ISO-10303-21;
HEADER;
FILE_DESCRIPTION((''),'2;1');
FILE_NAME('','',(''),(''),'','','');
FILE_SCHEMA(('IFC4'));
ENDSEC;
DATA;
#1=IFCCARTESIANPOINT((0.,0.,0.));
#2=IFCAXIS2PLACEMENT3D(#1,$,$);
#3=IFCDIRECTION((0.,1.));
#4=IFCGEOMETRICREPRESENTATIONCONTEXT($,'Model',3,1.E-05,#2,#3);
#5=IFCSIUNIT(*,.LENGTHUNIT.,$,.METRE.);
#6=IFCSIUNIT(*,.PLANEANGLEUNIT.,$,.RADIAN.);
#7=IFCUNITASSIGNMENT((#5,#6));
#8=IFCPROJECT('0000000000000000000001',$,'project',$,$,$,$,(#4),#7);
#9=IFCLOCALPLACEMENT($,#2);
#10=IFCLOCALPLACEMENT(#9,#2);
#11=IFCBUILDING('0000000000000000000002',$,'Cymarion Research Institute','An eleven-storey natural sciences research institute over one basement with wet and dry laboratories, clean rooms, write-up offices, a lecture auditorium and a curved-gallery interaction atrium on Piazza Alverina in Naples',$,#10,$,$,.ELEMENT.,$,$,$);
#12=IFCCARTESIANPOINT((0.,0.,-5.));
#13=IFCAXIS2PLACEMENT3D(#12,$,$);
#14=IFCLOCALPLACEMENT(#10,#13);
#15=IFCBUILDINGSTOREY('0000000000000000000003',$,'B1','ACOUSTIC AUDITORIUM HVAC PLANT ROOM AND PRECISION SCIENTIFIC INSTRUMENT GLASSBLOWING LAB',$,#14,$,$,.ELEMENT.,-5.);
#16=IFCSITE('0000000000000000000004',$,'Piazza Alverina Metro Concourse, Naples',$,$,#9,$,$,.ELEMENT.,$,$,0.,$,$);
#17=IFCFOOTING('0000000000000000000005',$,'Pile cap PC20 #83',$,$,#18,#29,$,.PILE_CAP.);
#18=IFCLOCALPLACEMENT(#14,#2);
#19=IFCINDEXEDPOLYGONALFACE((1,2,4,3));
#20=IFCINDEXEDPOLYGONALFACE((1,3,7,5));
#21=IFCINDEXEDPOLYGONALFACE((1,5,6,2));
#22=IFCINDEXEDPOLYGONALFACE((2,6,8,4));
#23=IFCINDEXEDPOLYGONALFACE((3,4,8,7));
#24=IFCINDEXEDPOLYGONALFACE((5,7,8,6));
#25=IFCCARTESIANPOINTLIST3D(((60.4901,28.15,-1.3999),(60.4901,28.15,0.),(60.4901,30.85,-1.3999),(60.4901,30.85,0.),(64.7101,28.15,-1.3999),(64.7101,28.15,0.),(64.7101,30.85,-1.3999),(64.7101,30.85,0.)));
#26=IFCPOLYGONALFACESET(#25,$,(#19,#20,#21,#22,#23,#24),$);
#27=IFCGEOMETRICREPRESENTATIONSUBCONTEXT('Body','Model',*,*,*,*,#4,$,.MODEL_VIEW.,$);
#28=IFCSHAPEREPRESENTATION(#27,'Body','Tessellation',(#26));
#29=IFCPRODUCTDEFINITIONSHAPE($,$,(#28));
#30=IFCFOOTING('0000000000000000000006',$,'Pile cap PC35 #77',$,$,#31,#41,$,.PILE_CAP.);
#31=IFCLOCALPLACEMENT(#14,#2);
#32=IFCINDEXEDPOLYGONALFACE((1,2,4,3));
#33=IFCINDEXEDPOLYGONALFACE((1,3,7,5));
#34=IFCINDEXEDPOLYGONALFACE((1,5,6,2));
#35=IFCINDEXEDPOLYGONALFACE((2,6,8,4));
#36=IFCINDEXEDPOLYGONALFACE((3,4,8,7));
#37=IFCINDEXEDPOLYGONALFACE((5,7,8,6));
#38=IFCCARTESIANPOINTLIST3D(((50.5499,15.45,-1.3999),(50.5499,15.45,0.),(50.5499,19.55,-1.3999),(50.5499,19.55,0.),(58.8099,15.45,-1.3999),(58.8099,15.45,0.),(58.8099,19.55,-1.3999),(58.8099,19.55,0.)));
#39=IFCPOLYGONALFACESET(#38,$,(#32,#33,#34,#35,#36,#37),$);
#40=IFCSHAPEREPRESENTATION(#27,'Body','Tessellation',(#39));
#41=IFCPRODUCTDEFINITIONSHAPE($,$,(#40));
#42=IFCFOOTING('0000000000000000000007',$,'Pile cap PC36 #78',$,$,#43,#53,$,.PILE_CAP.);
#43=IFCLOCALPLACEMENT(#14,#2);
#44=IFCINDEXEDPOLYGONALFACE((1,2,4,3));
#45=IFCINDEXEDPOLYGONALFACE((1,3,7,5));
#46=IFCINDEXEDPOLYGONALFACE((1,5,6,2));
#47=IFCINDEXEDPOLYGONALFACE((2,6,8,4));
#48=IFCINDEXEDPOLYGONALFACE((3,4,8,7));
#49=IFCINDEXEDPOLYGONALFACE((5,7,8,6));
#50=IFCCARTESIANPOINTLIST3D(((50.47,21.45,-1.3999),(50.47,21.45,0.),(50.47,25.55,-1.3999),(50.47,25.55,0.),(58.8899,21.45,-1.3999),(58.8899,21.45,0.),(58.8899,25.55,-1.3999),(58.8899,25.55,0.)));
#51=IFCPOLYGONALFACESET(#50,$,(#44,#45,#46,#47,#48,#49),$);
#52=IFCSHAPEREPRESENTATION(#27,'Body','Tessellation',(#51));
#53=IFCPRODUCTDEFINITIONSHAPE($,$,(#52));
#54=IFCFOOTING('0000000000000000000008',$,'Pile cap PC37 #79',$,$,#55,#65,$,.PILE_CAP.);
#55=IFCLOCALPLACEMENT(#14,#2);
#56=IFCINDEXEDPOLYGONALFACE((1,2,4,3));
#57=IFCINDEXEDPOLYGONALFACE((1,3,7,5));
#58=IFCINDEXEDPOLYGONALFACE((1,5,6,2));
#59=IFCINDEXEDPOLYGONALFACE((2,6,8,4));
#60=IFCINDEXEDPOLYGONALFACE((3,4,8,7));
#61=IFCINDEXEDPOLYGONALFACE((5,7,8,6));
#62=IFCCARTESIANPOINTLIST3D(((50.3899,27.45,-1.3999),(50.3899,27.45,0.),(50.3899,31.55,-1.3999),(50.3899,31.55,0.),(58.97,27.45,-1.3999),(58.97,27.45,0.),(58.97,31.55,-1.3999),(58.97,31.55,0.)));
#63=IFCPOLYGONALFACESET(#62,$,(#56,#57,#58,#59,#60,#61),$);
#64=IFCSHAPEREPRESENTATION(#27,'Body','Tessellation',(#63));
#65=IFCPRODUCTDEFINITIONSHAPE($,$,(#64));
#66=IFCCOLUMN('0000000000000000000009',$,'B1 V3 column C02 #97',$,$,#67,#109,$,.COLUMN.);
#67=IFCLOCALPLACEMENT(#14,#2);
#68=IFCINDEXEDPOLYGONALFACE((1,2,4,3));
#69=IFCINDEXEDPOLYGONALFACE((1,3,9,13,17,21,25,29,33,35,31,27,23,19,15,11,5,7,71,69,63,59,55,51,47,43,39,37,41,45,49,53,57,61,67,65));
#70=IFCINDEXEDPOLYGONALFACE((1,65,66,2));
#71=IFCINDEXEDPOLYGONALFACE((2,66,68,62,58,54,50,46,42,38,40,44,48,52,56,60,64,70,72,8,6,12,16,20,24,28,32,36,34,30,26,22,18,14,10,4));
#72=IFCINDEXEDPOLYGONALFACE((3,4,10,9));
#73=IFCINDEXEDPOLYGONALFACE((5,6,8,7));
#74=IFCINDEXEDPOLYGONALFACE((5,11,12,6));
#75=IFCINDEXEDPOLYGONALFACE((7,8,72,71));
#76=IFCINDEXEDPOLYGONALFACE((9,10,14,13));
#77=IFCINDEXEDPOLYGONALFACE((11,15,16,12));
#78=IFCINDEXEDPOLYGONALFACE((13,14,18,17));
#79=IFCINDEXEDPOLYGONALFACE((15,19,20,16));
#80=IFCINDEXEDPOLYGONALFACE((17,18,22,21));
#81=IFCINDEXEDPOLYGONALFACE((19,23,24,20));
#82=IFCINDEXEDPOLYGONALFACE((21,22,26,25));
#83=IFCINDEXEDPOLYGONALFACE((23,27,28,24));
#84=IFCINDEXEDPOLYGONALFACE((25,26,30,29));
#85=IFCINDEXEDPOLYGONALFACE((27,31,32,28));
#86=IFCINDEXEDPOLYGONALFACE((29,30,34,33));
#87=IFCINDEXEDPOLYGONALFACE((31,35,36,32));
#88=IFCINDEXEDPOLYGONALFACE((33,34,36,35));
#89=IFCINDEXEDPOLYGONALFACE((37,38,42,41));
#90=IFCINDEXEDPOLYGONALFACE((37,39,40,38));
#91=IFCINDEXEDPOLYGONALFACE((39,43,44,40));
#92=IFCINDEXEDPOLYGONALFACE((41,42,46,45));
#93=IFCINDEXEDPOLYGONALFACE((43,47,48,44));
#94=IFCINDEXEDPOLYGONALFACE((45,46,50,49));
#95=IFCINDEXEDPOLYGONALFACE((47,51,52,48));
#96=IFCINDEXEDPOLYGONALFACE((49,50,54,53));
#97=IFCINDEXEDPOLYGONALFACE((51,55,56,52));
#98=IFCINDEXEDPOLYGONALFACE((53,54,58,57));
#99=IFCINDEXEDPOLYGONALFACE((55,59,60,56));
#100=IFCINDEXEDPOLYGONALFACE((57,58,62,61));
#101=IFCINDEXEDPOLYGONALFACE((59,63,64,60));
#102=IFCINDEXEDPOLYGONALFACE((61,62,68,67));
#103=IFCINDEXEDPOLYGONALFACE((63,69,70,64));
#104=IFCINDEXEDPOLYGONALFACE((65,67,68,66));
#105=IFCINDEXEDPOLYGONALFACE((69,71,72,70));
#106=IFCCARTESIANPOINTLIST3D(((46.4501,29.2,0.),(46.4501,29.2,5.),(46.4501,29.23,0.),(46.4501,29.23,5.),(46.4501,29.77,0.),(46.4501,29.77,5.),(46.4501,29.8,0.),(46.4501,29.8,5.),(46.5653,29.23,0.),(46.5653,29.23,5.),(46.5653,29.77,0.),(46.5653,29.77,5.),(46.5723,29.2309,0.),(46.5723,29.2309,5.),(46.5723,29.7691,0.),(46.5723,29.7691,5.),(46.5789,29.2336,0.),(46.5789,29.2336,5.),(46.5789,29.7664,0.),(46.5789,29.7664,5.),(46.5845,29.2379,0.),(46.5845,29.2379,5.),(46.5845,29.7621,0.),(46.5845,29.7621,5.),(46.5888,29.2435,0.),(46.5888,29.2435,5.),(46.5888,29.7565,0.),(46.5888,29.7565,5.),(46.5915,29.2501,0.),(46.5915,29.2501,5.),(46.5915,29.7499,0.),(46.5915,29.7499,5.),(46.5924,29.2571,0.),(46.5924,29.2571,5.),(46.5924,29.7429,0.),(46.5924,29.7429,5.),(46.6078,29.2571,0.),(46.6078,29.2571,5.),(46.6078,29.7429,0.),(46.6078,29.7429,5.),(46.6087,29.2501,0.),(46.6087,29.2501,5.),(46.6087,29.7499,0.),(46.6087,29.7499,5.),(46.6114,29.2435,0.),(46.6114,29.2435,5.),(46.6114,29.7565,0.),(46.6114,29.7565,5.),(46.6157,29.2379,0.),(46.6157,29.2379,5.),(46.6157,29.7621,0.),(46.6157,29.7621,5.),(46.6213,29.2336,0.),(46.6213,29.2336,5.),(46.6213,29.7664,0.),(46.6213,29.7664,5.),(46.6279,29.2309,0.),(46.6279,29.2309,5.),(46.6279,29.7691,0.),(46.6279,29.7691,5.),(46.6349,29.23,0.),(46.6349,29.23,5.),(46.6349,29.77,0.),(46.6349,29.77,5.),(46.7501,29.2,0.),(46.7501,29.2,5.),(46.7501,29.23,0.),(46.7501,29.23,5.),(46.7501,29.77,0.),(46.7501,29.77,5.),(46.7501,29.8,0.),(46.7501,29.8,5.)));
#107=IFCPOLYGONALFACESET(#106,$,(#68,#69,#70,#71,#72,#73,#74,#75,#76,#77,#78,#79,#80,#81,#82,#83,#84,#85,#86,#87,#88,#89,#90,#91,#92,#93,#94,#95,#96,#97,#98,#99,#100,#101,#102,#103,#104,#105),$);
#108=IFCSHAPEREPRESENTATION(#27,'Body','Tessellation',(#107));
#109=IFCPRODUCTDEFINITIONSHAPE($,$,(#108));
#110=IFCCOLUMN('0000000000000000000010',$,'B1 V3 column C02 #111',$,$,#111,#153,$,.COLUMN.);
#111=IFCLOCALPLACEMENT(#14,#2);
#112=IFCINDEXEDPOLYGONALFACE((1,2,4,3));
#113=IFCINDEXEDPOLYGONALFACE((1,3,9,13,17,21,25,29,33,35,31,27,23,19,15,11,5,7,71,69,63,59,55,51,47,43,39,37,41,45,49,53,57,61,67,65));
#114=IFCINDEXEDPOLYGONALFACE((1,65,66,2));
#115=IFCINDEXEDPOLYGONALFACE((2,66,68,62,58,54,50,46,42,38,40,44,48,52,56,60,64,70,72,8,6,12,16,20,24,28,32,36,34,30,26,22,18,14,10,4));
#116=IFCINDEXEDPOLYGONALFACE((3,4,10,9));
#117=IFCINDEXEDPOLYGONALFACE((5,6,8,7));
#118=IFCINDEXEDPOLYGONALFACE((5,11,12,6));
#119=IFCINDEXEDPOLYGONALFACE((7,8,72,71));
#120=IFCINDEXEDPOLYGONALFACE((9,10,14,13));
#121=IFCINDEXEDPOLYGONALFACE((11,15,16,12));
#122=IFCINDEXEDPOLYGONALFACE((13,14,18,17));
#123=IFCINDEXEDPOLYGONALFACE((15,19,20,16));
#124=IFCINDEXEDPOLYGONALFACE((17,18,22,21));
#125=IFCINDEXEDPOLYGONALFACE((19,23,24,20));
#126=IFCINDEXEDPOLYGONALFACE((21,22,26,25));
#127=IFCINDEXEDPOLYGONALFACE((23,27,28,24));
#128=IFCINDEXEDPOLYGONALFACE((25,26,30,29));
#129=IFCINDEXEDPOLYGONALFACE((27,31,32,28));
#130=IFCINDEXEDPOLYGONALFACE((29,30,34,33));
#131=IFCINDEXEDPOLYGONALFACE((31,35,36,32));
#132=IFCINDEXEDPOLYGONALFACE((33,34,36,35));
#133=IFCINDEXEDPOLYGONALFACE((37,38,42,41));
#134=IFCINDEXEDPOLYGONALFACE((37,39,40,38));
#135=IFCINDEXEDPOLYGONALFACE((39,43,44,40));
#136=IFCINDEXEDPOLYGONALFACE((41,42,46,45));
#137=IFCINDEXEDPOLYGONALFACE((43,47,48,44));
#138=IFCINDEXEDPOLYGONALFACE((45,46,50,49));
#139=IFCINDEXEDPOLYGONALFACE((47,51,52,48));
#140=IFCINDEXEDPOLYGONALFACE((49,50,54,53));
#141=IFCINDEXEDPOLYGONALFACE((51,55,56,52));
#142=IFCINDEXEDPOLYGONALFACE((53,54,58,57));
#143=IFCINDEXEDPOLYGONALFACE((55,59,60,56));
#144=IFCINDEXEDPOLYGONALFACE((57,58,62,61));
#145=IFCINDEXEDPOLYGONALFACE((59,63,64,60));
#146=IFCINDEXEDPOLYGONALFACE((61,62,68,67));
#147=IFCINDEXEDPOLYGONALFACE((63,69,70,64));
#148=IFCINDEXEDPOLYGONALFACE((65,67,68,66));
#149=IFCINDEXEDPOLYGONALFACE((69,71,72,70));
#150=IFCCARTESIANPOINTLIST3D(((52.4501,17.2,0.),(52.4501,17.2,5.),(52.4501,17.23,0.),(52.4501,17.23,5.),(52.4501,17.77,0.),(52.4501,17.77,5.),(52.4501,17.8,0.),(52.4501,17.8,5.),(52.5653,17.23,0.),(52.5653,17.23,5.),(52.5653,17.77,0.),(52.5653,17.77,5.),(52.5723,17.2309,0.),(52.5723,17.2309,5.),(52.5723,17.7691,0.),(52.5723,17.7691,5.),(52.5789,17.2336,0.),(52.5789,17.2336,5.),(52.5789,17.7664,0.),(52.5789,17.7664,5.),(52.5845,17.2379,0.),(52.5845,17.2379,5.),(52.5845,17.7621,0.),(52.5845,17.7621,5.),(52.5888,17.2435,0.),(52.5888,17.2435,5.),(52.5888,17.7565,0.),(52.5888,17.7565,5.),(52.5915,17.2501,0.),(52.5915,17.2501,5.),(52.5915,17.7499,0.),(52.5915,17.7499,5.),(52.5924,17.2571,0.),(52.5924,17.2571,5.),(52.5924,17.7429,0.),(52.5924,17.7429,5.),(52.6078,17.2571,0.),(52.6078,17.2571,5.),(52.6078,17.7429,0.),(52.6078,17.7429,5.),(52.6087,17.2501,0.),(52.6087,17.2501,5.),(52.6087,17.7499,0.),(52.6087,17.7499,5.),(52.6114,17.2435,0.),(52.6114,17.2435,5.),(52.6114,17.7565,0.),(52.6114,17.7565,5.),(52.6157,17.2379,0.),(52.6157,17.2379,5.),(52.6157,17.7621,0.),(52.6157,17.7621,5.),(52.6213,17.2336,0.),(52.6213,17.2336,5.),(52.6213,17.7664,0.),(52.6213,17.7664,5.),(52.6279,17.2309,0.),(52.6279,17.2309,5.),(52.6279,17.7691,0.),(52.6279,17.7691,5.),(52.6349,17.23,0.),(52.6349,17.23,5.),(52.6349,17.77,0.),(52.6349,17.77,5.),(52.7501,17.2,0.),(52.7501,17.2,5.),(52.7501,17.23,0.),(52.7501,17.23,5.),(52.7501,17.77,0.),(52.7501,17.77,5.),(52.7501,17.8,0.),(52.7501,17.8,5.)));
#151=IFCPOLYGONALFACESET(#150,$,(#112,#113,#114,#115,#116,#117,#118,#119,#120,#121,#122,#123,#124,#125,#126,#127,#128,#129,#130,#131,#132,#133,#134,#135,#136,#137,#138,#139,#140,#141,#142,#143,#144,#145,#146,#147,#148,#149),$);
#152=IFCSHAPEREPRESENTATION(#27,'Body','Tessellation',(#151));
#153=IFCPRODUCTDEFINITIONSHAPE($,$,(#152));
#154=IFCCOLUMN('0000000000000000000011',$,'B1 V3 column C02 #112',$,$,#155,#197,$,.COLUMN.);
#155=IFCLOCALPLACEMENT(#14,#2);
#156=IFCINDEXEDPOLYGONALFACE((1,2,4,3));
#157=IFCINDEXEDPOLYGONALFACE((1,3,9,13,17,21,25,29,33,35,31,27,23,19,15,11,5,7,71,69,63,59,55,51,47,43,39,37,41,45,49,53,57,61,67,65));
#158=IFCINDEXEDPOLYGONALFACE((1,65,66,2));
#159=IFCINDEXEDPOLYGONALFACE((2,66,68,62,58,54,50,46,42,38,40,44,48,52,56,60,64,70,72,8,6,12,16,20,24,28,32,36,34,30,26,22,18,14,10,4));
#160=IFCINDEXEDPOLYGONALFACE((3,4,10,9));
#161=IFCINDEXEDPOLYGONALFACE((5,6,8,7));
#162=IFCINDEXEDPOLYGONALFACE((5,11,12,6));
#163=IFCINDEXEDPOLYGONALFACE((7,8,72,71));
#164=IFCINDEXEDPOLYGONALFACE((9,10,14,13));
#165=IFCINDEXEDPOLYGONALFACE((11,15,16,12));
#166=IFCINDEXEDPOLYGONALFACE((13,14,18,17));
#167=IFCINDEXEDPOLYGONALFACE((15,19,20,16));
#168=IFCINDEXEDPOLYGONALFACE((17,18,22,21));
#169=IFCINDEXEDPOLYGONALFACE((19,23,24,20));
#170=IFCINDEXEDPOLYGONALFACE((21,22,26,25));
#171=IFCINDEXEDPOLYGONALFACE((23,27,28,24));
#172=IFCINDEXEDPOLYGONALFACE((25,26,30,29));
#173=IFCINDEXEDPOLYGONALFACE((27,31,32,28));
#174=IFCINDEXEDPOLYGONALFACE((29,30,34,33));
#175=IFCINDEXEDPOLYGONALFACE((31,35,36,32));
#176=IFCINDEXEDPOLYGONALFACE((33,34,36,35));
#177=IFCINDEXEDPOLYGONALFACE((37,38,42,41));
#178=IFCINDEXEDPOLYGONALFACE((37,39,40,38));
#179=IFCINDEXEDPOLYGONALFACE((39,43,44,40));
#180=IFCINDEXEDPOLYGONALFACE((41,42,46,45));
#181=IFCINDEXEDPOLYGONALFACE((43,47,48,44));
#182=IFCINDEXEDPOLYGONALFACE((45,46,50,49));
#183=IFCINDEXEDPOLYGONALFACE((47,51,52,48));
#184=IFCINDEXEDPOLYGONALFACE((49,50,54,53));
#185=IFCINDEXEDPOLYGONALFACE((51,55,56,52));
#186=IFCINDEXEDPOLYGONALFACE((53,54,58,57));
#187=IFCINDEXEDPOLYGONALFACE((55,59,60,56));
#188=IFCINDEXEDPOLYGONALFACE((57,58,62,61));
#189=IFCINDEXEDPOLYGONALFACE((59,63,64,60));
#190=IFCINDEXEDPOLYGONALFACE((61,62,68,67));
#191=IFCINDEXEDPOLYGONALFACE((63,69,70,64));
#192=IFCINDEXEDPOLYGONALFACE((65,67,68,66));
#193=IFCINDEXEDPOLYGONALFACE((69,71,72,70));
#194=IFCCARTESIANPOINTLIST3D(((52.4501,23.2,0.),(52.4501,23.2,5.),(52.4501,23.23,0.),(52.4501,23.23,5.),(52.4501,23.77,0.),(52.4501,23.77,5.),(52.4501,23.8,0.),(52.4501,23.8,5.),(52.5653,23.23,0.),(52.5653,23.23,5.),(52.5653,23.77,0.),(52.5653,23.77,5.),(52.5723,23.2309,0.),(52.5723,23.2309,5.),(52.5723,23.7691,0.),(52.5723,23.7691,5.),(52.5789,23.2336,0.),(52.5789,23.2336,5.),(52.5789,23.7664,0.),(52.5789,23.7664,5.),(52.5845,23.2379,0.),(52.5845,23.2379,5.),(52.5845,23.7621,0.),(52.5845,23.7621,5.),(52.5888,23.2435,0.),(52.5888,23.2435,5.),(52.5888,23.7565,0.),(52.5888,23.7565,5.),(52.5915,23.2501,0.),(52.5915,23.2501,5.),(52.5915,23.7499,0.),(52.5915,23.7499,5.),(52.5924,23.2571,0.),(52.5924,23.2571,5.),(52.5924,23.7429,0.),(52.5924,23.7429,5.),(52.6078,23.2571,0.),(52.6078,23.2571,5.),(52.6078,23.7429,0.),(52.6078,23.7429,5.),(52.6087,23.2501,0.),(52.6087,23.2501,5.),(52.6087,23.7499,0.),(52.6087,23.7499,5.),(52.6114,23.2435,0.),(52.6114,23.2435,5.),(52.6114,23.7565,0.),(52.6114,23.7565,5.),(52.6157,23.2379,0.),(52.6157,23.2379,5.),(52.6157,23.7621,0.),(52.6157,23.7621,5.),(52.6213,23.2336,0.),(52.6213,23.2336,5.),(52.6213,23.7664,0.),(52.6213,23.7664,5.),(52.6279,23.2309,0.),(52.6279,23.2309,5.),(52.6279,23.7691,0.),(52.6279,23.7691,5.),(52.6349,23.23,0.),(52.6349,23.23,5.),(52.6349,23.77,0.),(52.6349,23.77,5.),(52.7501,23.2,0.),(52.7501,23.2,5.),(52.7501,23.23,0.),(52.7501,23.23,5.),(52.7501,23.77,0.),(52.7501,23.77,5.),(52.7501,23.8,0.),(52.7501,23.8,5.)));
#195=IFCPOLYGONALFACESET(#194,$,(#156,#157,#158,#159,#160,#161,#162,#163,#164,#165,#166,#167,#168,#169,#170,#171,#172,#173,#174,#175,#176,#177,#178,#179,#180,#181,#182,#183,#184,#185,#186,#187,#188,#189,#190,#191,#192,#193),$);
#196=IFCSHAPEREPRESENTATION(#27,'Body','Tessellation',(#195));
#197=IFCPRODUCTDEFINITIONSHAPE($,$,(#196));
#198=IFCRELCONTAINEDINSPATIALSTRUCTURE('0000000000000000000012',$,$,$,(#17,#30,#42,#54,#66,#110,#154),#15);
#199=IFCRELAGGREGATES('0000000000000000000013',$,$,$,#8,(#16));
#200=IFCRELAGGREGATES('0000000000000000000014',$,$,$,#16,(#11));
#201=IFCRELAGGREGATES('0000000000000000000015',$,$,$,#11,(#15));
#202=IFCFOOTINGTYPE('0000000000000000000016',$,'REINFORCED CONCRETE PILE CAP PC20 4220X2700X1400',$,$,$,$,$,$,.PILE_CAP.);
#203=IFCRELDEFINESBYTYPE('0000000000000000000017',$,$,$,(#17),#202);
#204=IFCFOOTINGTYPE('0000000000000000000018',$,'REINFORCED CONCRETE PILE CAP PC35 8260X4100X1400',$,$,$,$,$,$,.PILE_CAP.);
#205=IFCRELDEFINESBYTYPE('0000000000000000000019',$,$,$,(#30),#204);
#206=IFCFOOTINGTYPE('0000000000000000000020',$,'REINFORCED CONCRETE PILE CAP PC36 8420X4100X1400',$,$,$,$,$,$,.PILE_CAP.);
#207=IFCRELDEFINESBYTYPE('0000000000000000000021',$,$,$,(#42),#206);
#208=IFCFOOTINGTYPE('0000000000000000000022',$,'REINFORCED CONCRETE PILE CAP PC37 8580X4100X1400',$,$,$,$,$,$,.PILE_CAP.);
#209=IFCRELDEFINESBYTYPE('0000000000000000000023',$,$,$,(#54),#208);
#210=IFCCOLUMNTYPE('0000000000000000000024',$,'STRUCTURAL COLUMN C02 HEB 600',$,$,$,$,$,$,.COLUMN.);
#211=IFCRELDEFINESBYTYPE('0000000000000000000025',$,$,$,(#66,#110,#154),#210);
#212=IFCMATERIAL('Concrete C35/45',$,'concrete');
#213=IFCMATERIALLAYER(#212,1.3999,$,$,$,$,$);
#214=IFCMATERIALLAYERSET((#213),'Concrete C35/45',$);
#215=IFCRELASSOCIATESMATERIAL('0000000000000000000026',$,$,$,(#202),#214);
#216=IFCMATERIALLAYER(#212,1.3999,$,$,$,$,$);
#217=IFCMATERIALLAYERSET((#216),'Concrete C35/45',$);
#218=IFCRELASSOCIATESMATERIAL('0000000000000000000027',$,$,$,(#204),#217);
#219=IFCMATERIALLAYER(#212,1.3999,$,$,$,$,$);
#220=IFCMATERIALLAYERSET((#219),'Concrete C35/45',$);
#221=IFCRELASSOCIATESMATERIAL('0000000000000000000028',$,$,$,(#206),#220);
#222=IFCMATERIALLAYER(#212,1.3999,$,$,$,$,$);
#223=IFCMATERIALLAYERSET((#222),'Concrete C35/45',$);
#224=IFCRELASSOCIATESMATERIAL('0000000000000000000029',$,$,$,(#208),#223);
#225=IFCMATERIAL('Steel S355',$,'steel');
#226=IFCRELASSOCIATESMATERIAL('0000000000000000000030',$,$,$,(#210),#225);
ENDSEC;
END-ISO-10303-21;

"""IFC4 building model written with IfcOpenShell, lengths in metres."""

from ifc_helpers import new_model, si_unit, direction, frame, origin, origin_2d, place, context, subcontext, project, spatial, rectangle, i_section, extrude, material, layer, layer_set, material_profile, profile_set, type_object, element, save


model = new_model("IFC4")

# Units and contexts
model_context = context("Model", 3, precision=1e-05, world=origin(), true_north=direction((0.0, 1.0)))
body_context = subcontext(model_context, "Body", "Model", "MODEL_VIEW")
ifc_project = project(units=[si_unit("LENGTHUNIT", "METRE"), si_unit("PLANEANGLEUNIT", "RADIAN")], contexts=[model_context])

# Site, building, storey
site_placement = place(None, origin())
site = spatial("IfcSite", under=ifc_project, at=site_placement, Name="Piazza Alverina Metro Concourse, Naples", CompositionType="ELEMENT", RefElevation=0.0)
building_placement = place(site_placement, origin())
building = spatial("IfcBuilding", under=site, at=building_placement, Name="Cymarion Research Institute", Description="An eleven-storey natural sciences research institute over one basement with wet and dry laboratories, clean rooms, write-up offices, a lecture auditorium and a curved-gallery interaction atrium on Piazza Alverina in Naples", CompositionType="ELEMENT")
storey_placement = place(building_placement, frame((0.0, 0.0, -5.0)))
storey = spatial("IfcBuildingStorey", under=building, at=storey_placement, Name="B1", Description="ACOUSTIC AUDITORIUM HVAC PLANT ROOM AND PRECISION SCIENTIFIC INSTRUMENT GLASSBLOWING LAB", CompositionType="ELEMENT", Elevation=-5.0)

# Shared definitions
ifc_material_1 = material(Name="Concrete C35/45", Category="concrete")

# Footings
ifc_layer_1 = layer(ifc_material_1, 1.3999)
ifc_layer_set_1 = layer_set([ifc_layer_1], Name="Concrete C35/45")
footing_type_1 = type_object("IfcFootingType", Name="REINFORCED CONCRETE PILE CAP PC20 4220X2700X1400", PredefinedType="PILE_CAP", material=ifc_layer_set_1)
footing_1_placement = place(storey_placement, frame((62.6001, 29.5, -1.3999), z_axis=(0.0, 0.0, 1.0), x_axis=(1.0, 0.0, 0.0)))
element("IfcFooting", 1, at=footing_1_placement, inside=storey, type_object=footing_type_1, Name="Pile cap PC20 #83", PredefinedType="PILE_CAP", context=body_context, shape_type="SweptSolid", body=[
    extrude(rectangle(XDim=4.22, YDim=2.7, at=origin_2d()), origin(), (0.0, 0.0, 1.0), 1.3999),
])
ifc_layer_2 = layer(ifc_material_1, 1.3999)
ifc_layer_set_2 = layer_set([ifc_layer_2], Name="Concrete C35/45")
footing_type_2 = type_object("IfcFootingType", Name="REINFORCED CONCRETE PILE CAP PC35 8260X4100X1400", PredefinedType="PILE_CAP", material=ifc_layer_set_2)
footing_2_placement = place(storey_placement, frame((54.6799, 17.5, -1.3999), z_axis=(0.0, 0.0, 1.0), x_axis=(1.0, 0.0, 0.0)))
element("IfcFooting", 2, at=footing_2_placement, inside=storey, type_object=footing_type_2, Name="Pile cap PC35 #77", PredefinedType="PILE_CAP", context=body_context, shape_type="SweptSolid", body=[
    extrude(rectangle(XDim=8.26, YDim=4.1001, at=origin_2d()), origin(), (0.0, 0.0, 1.0), 1.3999),
])
ifc_layer_3 = layer(ifc_material_1, 1.3999)
ifc_layer_set_3 = layer_set([ifc_layer_3], Name="Concrete C35/45")
footing_type_3 = type_object("IfcFootingType", Name="REINFORCED CONCRETE PILE CAP PC36 8420X4100X1400", PredefinedType="PILE_CAP", material=ifc_layer_set_3)
footing_3_placement = place(storey_placement, frame((54.6799, 23.5, -1.3999), z_axis=(0.0, 0.0, 1.0), x_axis=(1.0, 0.0, 0.0)))
element("IfcFooting", 3, at=footing_3_placement, inside=storey, type_object=footing_type_3, Name="Pile cap PC36 #78", PredefinedType="PILE_CAP", context=body_context, shape_type="SweptSolid", body=[
    extrude(rectangle(XDim=8.4199, YDim=4.1001, at=origin_2d()), origin(), (0.0, 0.0, 1.0), 1.3999),
])
ifc_layer_4 = layer(ifc_material_1, 1.3999)
ifc_layer_set_4 = layer_set([ifc_layer_4], Name="Concrete C35/45")
footing_type_4 = type_object("IfcFootingType", Name="REINFORCED CONCRETE PILE CAP PC37 8580X4100X1400", PredefinedType="PILE_CAP", material=ifc_layer_set_4)
footing_4_placement = place(storey_placement, frame((54.6799, 29.5, -1.3999), z_axis=(0.0, 0.0, 1.0), x_axis=(1.0, 0.0, 0.0)))
element("IfcFooting", 4, at=footing_4_placement, inside=storey, type_object=footing_type_4, Name="Pile cap PC37 #79", PredefinedType="PILE_CAP", context=body_context, shape_type="SweptSolid", body=[
    extrude(rectangle(XDim=8.5801, YDim=4.1001, at=origin_2d()), origin(), (0.0, 0.0, 1.0), 1.3999),
])

# Columns
ifc_material_2 = material(Name="Steel S355", Category="steel")
ifc_material_profile_1 = material_profile(ifc_material_2, i_section(OverallWidth=0.3, OverallDepth=0.6001, WebThickness=0.0154, FlangeThickness=0.03, FilletRadius=0.0271, at=origin_2d()), Name="HEB 600")
ifc_profile_set_1 = profile_set([ifc_material_profile_1], Name="Steel S355")
column_type_1 = type_object("IfcColumnType", Name="STRUCTURAL COLUMN C02 HEB 600", PredefinedType="COLUMN", material=ifc_profile_set_1)
for number, where, z_axis, x_axis, name in (
    (5, (46.6001, 29.5, 0.0), (0.0, 0.0, 1.0), (1.0, 0.0, 0.0), "B1 V3 column C02 #97"),
    (6, (52.6001, 17.5, 0.0), (0.0, 0.0, 1.0), (1.0, 0.0, 0.0), "B1 V3 column C02 #111"),
    (7, (52.6001, 23.5, 0.0), (0.0, 0.0, 1.0), (1.0, 0.0, 0.0), "B1 V3 column C02 #112"),
):
    element("IfcColumn", number, at=place(storey_placement, frame(where, z_axis=z_axis, x_axis=x_axis)), inside=storey, type_object=column_type_1, Name=name, PredefinedType="COLUMN", context=body_context, shape_type="SweptSolid", body=[
        extrude(i_section(OverallWidth=0.3, OverallDepth=0.6001, WebThickness=0.0154, FlangeThickness=0.03, FilletRadius=0.0271, at=origin_2d()), origin(), (0.0, 0.0, 1.0), 5.0),
    ])

save(model, "model.ifc")
